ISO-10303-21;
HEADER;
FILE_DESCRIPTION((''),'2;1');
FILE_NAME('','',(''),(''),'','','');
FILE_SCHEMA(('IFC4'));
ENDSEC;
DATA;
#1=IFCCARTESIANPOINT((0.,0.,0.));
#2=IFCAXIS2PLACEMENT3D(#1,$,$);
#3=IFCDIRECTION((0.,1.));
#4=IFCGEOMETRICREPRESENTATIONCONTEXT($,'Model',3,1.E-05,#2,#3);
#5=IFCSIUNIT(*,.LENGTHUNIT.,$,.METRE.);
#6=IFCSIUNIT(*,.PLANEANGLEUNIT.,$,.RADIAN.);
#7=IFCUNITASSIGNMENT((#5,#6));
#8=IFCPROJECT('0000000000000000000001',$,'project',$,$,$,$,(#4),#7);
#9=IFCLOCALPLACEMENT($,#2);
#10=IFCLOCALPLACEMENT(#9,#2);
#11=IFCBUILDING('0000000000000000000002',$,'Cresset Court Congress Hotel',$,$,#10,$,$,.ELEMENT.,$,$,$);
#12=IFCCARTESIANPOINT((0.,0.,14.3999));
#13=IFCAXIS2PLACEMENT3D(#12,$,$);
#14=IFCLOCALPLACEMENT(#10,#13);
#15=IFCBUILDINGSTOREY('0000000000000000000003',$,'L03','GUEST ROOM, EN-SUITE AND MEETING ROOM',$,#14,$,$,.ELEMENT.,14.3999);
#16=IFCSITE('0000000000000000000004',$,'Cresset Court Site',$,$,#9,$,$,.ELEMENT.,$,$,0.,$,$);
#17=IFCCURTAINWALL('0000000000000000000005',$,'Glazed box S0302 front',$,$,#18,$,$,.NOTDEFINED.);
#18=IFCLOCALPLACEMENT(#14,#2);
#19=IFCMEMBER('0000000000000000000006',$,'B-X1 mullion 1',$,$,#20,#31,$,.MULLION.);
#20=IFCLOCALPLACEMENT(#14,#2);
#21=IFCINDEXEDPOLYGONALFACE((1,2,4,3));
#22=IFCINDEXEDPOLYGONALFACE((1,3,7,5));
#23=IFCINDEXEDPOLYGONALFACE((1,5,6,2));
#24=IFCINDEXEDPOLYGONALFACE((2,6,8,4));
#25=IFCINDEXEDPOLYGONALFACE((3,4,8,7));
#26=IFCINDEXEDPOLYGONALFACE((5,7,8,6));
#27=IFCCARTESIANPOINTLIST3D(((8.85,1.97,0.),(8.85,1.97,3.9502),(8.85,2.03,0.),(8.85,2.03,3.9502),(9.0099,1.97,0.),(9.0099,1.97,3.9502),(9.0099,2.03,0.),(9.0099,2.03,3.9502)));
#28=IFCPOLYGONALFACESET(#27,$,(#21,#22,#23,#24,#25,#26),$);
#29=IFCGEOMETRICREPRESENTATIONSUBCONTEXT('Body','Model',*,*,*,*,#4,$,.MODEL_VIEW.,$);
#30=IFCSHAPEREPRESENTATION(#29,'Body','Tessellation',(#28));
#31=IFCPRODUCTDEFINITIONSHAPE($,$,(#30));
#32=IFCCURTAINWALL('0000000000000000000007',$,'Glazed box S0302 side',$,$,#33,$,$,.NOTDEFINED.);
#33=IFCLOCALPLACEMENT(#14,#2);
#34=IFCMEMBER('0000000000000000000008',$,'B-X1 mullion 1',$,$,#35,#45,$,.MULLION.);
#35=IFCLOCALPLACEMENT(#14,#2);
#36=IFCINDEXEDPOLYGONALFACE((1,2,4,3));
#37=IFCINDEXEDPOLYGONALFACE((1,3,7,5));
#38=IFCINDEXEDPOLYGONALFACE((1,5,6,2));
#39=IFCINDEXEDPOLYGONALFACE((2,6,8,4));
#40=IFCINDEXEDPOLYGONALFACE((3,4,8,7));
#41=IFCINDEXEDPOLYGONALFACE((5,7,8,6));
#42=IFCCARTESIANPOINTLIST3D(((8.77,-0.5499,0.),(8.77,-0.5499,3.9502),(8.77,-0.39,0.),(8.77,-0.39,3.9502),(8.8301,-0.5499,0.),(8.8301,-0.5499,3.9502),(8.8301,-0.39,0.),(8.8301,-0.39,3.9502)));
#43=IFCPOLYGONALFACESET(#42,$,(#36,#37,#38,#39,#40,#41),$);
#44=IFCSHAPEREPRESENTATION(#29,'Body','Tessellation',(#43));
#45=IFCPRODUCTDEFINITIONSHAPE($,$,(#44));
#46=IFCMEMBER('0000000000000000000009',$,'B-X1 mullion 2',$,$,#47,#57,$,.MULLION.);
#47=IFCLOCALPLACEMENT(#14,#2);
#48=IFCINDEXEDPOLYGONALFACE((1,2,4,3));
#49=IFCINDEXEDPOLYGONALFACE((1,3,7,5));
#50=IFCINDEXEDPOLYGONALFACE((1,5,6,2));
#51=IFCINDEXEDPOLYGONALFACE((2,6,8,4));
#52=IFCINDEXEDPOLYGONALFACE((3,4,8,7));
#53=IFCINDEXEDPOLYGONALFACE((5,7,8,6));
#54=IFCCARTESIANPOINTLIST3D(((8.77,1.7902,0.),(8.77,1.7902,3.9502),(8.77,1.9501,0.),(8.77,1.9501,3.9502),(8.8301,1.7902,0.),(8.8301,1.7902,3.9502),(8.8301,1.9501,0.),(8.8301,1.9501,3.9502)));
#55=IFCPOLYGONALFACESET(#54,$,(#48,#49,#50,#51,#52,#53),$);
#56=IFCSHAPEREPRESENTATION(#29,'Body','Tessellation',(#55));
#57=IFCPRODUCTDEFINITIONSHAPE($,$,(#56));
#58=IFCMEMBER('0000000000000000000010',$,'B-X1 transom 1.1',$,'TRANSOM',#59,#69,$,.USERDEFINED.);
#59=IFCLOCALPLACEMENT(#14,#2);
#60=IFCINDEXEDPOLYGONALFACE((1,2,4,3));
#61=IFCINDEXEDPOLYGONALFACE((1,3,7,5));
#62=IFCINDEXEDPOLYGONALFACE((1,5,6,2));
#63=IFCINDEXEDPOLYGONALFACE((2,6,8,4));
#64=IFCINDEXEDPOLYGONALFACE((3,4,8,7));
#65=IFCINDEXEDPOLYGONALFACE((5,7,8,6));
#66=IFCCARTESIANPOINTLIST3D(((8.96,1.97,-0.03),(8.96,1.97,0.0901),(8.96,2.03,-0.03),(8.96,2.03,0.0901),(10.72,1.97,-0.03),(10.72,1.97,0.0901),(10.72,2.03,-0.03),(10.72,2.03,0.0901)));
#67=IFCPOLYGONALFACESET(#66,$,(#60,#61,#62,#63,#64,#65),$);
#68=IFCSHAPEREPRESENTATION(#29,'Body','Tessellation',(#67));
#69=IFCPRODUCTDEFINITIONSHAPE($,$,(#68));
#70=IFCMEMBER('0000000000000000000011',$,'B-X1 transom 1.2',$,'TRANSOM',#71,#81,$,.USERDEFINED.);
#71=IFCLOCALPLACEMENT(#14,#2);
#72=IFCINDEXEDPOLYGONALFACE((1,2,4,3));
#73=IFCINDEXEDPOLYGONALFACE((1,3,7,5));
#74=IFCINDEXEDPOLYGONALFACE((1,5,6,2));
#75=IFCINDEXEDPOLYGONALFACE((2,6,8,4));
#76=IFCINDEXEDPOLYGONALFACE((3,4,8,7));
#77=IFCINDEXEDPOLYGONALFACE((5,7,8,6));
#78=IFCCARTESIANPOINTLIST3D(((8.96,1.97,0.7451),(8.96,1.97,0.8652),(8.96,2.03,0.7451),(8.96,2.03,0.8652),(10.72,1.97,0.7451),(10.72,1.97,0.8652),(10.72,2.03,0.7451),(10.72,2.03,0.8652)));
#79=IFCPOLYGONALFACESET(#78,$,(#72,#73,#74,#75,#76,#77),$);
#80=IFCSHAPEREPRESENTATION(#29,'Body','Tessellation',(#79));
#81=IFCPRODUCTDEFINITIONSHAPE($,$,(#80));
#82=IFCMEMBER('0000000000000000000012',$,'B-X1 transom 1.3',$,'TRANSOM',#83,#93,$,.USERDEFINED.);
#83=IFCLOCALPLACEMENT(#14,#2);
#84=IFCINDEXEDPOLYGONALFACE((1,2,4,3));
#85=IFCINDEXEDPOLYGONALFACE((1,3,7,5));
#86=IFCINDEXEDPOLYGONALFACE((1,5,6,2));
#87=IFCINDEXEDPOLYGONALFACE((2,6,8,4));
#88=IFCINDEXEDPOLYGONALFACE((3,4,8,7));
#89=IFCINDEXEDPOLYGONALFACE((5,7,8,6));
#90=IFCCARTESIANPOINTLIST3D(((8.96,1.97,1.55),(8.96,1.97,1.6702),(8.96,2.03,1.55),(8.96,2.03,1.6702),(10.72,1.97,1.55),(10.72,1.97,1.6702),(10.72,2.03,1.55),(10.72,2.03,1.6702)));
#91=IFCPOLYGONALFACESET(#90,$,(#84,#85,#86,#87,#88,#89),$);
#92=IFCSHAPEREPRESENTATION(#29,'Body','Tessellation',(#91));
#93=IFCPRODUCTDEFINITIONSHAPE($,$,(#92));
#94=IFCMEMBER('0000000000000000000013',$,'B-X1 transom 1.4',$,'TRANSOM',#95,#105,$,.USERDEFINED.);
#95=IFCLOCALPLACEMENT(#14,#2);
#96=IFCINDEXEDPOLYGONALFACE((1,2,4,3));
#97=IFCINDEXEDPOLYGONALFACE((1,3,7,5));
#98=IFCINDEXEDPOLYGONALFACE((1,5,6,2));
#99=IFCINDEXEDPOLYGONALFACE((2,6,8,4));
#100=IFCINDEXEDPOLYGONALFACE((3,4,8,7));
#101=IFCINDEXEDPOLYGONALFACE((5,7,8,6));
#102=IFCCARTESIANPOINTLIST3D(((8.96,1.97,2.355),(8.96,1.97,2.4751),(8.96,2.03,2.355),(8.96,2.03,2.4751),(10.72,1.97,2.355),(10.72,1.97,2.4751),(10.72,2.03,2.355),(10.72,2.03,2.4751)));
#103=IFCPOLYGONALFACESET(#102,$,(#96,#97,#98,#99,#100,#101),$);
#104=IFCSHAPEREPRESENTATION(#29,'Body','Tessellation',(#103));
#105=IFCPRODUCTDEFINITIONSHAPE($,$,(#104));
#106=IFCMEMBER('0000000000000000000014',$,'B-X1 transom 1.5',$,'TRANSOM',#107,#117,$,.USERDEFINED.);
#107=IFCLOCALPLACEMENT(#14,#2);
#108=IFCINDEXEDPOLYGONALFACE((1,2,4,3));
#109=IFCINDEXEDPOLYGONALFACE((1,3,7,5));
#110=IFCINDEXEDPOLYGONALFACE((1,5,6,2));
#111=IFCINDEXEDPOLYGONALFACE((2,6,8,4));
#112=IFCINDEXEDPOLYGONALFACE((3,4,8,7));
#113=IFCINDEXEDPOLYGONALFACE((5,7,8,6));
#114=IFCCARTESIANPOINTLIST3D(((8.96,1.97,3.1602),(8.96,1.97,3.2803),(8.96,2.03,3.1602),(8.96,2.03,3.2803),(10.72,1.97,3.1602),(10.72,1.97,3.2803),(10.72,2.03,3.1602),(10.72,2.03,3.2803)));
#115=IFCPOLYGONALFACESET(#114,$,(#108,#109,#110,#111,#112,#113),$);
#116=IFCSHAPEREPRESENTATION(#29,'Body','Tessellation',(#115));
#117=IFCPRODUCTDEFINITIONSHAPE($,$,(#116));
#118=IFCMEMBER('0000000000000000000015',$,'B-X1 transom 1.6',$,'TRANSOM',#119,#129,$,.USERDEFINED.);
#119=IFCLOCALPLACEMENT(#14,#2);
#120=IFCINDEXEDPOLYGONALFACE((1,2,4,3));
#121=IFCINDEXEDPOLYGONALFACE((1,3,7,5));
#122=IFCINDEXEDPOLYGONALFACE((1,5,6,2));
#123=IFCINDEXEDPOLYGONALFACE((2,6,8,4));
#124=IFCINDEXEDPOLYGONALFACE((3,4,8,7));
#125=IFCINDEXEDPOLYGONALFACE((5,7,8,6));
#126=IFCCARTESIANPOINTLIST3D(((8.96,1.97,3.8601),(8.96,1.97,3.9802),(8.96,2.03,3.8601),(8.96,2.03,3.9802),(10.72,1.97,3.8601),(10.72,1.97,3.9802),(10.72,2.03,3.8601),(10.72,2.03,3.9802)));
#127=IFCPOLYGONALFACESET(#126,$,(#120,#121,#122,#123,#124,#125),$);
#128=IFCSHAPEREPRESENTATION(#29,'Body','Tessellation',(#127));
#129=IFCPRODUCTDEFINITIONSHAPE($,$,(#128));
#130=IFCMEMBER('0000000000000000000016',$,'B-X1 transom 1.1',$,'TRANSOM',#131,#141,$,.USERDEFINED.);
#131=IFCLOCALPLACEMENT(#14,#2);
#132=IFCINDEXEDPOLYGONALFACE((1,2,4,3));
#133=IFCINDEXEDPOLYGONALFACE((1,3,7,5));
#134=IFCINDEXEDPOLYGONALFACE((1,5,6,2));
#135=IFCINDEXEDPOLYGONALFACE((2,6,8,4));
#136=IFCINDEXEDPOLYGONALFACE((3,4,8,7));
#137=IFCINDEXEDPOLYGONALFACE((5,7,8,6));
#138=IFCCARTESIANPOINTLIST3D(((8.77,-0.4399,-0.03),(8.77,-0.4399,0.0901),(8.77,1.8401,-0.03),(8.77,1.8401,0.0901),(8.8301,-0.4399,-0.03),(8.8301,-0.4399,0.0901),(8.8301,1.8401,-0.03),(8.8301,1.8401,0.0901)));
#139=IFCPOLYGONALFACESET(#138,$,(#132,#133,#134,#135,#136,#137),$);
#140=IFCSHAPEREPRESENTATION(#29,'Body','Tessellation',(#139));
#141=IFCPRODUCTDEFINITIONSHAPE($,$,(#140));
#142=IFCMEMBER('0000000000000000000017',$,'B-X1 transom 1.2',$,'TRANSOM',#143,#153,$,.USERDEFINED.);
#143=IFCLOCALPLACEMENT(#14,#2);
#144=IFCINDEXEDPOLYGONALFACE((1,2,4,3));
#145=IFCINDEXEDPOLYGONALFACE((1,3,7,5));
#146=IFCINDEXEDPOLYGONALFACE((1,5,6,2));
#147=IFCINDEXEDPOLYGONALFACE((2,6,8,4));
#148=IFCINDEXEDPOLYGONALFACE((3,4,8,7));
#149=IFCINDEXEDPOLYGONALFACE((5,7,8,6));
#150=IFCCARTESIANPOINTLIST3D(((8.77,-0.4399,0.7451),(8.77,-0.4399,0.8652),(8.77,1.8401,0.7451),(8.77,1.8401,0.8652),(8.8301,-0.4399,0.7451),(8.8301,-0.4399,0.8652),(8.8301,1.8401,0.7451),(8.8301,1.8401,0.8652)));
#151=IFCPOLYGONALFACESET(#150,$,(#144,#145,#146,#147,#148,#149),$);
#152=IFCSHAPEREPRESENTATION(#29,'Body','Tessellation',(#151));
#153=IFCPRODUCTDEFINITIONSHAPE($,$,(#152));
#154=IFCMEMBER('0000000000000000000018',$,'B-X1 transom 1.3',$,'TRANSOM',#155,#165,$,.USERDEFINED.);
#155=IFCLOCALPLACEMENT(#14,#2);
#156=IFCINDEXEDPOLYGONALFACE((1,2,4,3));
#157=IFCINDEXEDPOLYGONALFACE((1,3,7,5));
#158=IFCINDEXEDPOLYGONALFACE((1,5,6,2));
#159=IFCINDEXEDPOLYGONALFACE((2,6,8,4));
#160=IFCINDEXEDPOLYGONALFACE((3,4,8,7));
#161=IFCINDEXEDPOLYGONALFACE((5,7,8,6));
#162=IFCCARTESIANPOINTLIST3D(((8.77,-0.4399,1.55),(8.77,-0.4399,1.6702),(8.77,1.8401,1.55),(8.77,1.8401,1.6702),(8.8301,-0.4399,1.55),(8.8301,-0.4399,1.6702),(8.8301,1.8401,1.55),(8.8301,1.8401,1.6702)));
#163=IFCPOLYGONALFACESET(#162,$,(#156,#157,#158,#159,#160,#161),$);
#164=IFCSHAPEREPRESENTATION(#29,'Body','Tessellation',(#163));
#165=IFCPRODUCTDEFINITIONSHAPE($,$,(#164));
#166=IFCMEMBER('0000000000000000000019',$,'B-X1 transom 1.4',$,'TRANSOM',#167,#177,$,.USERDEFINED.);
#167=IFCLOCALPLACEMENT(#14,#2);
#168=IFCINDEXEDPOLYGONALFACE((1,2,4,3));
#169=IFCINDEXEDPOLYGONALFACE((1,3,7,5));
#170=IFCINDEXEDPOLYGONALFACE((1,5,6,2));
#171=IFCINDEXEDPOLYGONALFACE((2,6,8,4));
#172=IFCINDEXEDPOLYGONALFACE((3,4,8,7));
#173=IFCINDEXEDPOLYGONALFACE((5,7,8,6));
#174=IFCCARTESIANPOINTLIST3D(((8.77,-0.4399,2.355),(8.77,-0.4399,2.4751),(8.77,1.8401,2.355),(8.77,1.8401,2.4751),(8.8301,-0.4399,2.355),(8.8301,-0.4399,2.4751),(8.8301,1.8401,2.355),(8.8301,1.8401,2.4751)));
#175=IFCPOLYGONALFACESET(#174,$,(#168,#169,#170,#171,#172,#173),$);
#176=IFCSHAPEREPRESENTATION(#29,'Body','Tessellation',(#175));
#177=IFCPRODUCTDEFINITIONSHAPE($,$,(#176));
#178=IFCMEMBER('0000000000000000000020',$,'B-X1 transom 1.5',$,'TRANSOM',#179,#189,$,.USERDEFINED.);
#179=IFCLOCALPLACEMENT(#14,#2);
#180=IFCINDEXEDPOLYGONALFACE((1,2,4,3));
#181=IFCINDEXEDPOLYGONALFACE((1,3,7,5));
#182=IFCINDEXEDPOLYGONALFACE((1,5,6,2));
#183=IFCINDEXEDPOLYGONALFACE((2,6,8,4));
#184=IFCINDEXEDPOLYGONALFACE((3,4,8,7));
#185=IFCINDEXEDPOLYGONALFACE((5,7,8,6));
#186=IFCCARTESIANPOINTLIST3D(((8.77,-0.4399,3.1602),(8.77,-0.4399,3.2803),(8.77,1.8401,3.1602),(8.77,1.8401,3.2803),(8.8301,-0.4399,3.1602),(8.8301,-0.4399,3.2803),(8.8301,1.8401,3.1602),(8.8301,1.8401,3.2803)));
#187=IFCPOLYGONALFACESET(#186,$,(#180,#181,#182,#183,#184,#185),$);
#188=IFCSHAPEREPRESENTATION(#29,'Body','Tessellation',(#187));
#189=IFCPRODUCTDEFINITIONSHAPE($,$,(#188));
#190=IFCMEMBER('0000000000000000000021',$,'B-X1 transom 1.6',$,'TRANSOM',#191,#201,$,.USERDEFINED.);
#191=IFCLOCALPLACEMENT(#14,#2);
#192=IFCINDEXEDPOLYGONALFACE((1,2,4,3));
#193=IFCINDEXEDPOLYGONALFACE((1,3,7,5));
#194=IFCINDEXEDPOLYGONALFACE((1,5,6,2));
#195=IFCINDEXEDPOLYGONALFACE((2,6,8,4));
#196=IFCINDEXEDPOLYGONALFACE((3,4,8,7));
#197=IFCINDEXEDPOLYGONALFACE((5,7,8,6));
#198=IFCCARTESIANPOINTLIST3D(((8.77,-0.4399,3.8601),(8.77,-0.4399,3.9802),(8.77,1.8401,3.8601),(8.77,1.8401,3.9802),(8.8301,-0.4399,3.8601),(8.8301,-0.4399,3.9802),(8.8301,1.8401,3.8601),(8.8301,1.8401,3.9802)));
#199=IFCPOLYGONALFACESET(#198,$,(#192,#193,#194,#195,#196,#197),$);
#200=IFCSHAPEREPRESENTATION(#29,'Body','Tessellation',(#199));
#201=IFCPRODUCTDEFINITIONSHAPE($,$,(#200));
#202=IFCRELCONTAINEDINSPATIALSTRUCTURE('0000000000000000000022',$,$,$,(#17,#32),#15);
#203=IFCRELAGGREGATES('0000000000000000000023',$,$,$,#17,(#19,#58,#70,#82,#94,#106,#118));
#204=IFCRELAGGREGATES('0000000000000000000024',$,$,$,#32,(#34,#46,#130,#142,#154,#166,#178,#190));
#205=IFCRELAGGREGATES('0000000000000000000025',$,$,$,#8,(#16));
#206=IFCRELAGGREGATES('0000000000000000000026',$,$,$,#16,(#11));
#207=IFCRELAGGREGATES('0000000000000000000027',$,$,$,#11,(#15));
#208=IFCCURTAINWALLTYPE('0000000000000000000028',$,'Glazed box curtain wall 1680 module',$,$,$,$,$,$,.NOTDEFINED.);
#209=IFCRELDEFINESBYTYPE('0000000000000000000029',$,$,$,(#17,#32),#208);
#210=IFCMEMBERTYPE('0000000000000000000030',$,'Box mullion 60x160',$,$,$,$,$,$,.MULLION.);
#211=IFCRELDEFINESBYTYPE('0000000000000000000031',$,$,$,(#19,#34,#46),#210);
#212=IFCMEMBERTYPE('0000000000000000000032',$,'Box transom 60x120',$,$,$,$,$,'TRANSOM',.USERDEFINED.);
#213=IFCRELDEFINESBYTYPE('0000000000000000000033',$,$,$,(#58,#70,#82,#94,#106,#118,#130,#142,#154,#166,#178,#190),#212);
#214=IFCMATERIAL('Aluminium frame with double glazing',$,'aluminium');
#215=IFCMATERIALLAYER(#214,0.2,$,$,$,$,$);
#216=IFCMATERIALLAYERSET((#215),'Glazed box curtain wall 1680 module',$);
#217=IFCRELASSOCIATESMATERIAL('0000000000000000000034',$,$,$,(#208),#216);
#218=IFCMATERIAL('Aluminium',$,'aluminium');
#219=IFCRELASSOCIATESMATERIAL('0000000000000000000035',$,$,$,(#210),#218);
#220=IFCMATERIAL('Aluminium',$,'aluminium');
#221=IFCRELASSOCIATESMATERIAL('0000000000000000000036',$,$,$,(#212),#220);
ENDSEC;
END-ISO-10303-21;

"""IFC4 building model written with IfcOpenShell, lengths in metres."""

from ifc_helpers import new_model, si_unit, direction, frame, origin, origin_2d, place, context, subcontext, project, spatial, rectangle, extrude, material, layer, layer_set, material_profile, profile_set, type_object, element, aggregate, save


model = new_model("IFC4")

# Units and contexts
model_context = context("Model", 3, precision=1e-05, world=origin(), true_north=direction((0.0, 1.0)))
body_context = subcontext(model_context, "Body", "Model", "MODEL_VIEW")
ifc_project = project(units=[si_unit("LENGTHUNIT", "METRE"), si_unit("PLANEANGLEUNIT", "RADIAN")], contexts=[model_context])

# Site, building, storey
site_placement = place(None, origin())
site = spatial("IfcSite", under=ifc_project, at=site_placement, Name="Cresset Court Site", CompositionType="ELEMENT", RefElevation=0.0)
building_placement = place(site_placement, origin())
building = spatial("IfcBuilding", under=site, at=building_placement, Name="Cresset Court Congress Hotel", CompositionType="ELEMENT")
storey_placement = place(building_placement, frame((0.0, 0.0, 14.3999)))
storey = spatial("IfcBuildingStorey", under=building, at=storey_placement, Name="L03", Description="GUEST ROOM, EN-SUITE AND MEETING ROOM", CompositionType="ELEMENT", Elevation=14.3999)

# Curtain wall, member
ifc_material_1 = material(Name="Aluminium frame with double glazing", Category="aluminium")
ifc_layer_1 = layer(ifc_material_1, 0.2)
ifc_layer_set_1 = layer_set([ifc_layer_1], Name="Glazed box curtain wall 1680 module")
curtain_wall_type = type_object("IfcCurtainWallType", Name="Glazed box curtain wall 1680 module", PredefinedType="NOTDEFINED", material=ifc_layer_set_1)
curtain_wall_1_placement = place(storey_placement, origin())
curtain_wall_1 = element("IfcCurtainWall", 1, at=curtain_wall_1_placement, inside=storey, type_object=curtain_wall_type, Name="Glazed box S0302 front", PredefinedType="NOTDEFINED")
ifc_material_2 = material(Name="Aluminium", Category="aluminium")
ifc_material_profile_1 = material_profile(ifc_material_2, rectangle(XDim=0.0601, YDim=0.1599, at=origin_2d()), Name="Box mullion 60x160")
ifc_profile_set_1 = profile_set([ifc_material_profile_1], Name="Aluminium")
member_type_1 = type_object("IfcMemberType", Name="Box mullion 60x160", PredefinedType="MULLION", material=ifc_profile_set_1)
member_1_placement = place(storey_placement, frame((8.9299, 2.0, 0.0), z_axis=(0.0, 0.0, 1.0), x_axis=(0.0, 1.0, 0.0)))
member_1 = element("IfcMember", 2, at=member_1_placement, type_object=member_type_1, Name="B-X1 mullion 1", PredefinedType="MULLION", context=body_context, shape_type="SweptSolid", body=[
    extrude(rectangle(XDim=0.0601, YDim=0.1599, at=origin_2d()), origin(), (0.0, 0.0, 1.0), 3.9502),
])

# Curtain wall, members
curtain_wall_2_placement = place(storey_placement, origin())
curtain_wall_2 = element("IfcCurtainWall", 3, at=curtain_wall_2_placement, inside=storey, type_object=curtain_wall_type, Name="Glazed box S0302 side", PredefinedType="NOTDEFINED")
member_2_placement = place(storey_placement, frame((8.8, -0.47, 0.0), z_axis=(0.0, 0.0, 1.0), x_axis=(-1.0, 0.0, 0.0)))
member_2 = element("IfcMember", 4, at=member_2_placement, type_object=member_type_1, Name="B-X1 mullion 1", PredefinedType="MULLION", context=body_context, shape_type="SweptSolid", body=[
    extrude(rectangle(XDim=0.0601, YDim=0.1599, at=origin_2d()), origin(), (0.0, 0.0, 1.0), 3.9502),
])
member_3_placement = place(storey_placement, frame((8.8, 1.8701, 0.0), z_axis=(0.0, 0.0, 1.0), x_axis=(-1.0, 0.0, 0.0)))
member_3 = element("IfcMember", 5, at=member_3_placement, type_object=member_type_1, Name="B-X1 mullion 2", PredefinedType="MULLION", context=body_context, shape_type="SweptSolid", body=[
    extrude(rectangle(XDim=0.0601, YDim=0.1599, at=origin_2d()), origin(), (0.0, 0.0, 1.0), 3.9502),
])

# Members
ifc_material_3 = material(Name="Aluminium", Category="aluminium")
ifc_material_profile_2 = material_profile(ifc_material_3, rectangle(XDim=0.0601, YDim=0.1201, at=origin_2d()), Name="Box transom 60x120")
ifc_profile_set_2 = profile_set([ifc_material_profile_2], Name="Aluminium")
member_type_2 = type_object("IfcMemberType", Name="Box transom 60x120", ElementType="TRANSOM", PredefinedType="USERDEFINED", material=ifc_profile_set_2)
member_4_placement = place(storey_placement, frame((8.96, 2.0, 0.03), z_axis=(1.0, 0.0, 0.0), x_axis=(0.0, 1.0, 0.0)))
member_4 = element("IfcMember", 6, at=member_4_placement, type_object=member_type_2, Name="B-X1 transom 1.1", ObjectType="TRANSOM", PredefinedType="USERDEFINED", context=body_context, shape_type="SweptSolid", body=[
    extrude(rectangle(XDim=0.0601, YDim=0.1201, at=origin_2d()), origin(), (0.0, 0.0, 1.0), 1.76),
])
member_5_placement = place(storey_placement, frame((8.96, 2.0, 0.8052), z_axis=(1.0, 0.0, 0.0), x_axis=(0.0, 1.0, 0.0)))
member_5 = element("IfcMember", 7, at=member_5_placement, type_object=member_type_2, Name="B-X1 transom 1.2", ObjectType="TRANSOM", PredefinedType="USERDEFINED", context=body_context, shape_type="SweptSolid", body=[
    extrude(rectangle(XDim=0.0601, YDim=0.1201, at=origin_2d()), origin(), (0.0, 0.0, 1.0), 1.76),
])
member_6_placement = place(storey_placement, frame((8.96, 2.0, 1.6101), z_axis=(1.0, 0.0, 0.0), x_axis=(0.0, 1.0, 0.0)))
member_6 = element("IfcMember", 8, at=member_6_placement, type_object=member_type_2, Name="B-X1 transom 1.3", ObjectType="TRANSOM", PredefinedType="USERDEFINED", context=body_context, shape_type="SweptSolid", body=[
    extrude(rectangle(XDim=0.0601, YDim=0.1201, at=origin_2d()), origin(), (0.0, 0.0, 1.0), 1.76),
])
member_7_placement = place(storey_placement, frame((8.96, 2.0, 2.415), z_axis=(1.0, 0.0, 0.0), x_axis=(0.0, 1.0, 0.0)))
member_7 = element("IfcMember", 9, at=member_7_placement, type_object=member_type_2, Name="B-X1 transom 1.4", ObjectType="TRANSOM", PredefinedType="USERDEFINED", context=body_context, shape_type="SweptSolid", body=[
    extrude(rectangle(XDim=0.0601, YDim=0.1201, at=origin_2d()), origin(), (0.0, 0.0, 1.0), 1.76),
])
member_8_placement = place(storey_placement, frame((8.96, 2.0, 3.2202), z_axis=(1.0, 0.0, 0.0), x_axis=(0.0, 1.0, 0.0)))
member_8 = element("IfcMember", 10, at=member_8_placement, type_object=member_type_2, Name="B-X1 transom 1.5", ObjectType="TRANSOM", PredefinedType="USERDEFINED", context=body_context, shape_type="SweptSolid", body=[
    extrude(rectangle(XDim=0.0601, YDim=0.1201, at=origin_2d()), origin(), (0.0, 0.0, 1.0), 1.76),
])
member_9_placement = place(storey_placement, frame((8.96, 2.0, 3.9202), z_axis=(1.0, 0.0, 0.0), x_axis=(0.0, 1.0, 0.0)))
member_9 = element("IfcMember", 11, at=member_9_placement, type_object=member_type_2, Name="B-X1 transom 1.6", ObjectType="TRANSOM", PredefinedType="USERDEFINED", context=body_context, shape_type="SweptSolid", body=[
    extrude(rectangle(XDim=0.0601, YDim=0.1201, at=origin_2d()), origin(), (0.0, 0.0, 1.0), 1.76),
])
aggregate(curtain_wall_1, [member_1, member_4, member_5, member_6, member_7, member_8, member_9])
member_10_placement = place(storey_placement, frame((8.8, -0.4399, 0.03), z_axis=(0.0, 1.0, 0.0), x_axis=(-1.0, 0.0, 0.0)))
member_10 = element("IfcMember", 12, at=member_10_placement, type_object=member_type_2, Name="B-X1 transom 1.1", ObjectType="TRANSOM", PredefinedType="USERDEFINED", context=body_context, shape_type="SweptSolid", body=[
    extrude(rectangle(XDim=0.0601, YDim=0.1201, at=origin_2d()), origin(), (0.0, 0.0, 1.0), 2.28),
])
member_11_placement = place(storey_placement, frame((8.8, -0.4399, 0.8052), z_axis=(0.0, 1.0, 0.0), x_axis=(-1.0, 0.0, 0.0)))
member_11 = element("IfcMember", 13, at=member_11_placement, type_object=member_type_2, Name="B-X1 transom 1.2", ObjectType="TRANSOM", PredefinedType="USERDEFINED", context=body_context, shape_type="SweptSolid", body=[
    extrude(rectangle(XDim=0.0601, YDim=0.1201, at=origin_2d()), origin(), (0.0, 0.0, 1.0), 2.28),
])
member_12_placement = place(storey_placement, frame((8.8, -0.4399, 1.6101), z_axis=(0.0, 1.0, 0.0), x_axis=(-1.0, 0.0, 0.0)))
member_12 = element("IfcMember", 14, at=member_12_placement, type_object=member_type_2, Name="B-X1 transom 1.3", ObjectType="TRANSOM", PredefinedType="USERDEFINED", context=body_context, shape_type="SweptSolid", body=[
    extrude(rectangle(XDim=0.0601, YDim=0.1201, at=origin_2d()), origin(), (0.0, 0.0, 1.0), 2.28),
])
member_13_placement = place(storey_placement, frame((8.8, -0.4399, 2.415), z_axis=(0.0, 1.0, 0.0), x_axis=(-1.0, 0.0, 0.0)))
member_13 = element("IfcMember", 15, at=member_13_placement, type_object=member_type_2, Name="B-X1 transom 1.4", ObjectType="TRANSOM", PredefinedType="USERDEFINED", context=body_context, shape_type="SweptSolid", body=[
    extrude(rectangle(XDim=0.0601, YDim=0.1201, at=origin_2d()), origin(), (0.0, 0.0, 1.0), 2.28),
])
member_14_placement = place(storey_placement, frame((8.8, -0.4399, 3.2202), z_axis=(0.0, 1.0, 0.0), x_axis=(-1.0, 0.0, 0.0)))
member_14 = element("IfcMember", 16, at=member_14_placement, type_object=member_type_2, Name="B-X1 transom 1.5", ObjectType="TRANSOM", PredefinedType="USERDEFINED", context=body_context, shape_type="SweptSolid", body=[
    extrude(rectangle(XDim=0.0601, YDim=0.1201, at=origin_2d()), origin(), (0.0, 0.0, 1.0), 2.28),
])
member_15_placement = place(storey_placement, frame((8.8, -0.4399, 3.9202), z_axis=(0.0, 1.0, 0.0), x_axis=(-1.0, 0.0, 0.0)))
member_15 = element("IfcMember", 17, at=member_15_placement, type_object=member_type_2, Name="B-X1 transom 1.6", ObjectType="TRANSOM", PredefinedType="USERDEFINED", context=body_context, shape_type="SweptSolid", body=[
    extrude(rectangle(XDim=0.0601, YDim=0.1201, at=origin_2d()), origin(), (0.0, 0.0, 1.0), 2.28),
])

aggregate(curtain_wall_2, [member_2, member_3, member_10, member_11, member_12, member_13, member_14, member_15])

save(model, "model.ifc")
